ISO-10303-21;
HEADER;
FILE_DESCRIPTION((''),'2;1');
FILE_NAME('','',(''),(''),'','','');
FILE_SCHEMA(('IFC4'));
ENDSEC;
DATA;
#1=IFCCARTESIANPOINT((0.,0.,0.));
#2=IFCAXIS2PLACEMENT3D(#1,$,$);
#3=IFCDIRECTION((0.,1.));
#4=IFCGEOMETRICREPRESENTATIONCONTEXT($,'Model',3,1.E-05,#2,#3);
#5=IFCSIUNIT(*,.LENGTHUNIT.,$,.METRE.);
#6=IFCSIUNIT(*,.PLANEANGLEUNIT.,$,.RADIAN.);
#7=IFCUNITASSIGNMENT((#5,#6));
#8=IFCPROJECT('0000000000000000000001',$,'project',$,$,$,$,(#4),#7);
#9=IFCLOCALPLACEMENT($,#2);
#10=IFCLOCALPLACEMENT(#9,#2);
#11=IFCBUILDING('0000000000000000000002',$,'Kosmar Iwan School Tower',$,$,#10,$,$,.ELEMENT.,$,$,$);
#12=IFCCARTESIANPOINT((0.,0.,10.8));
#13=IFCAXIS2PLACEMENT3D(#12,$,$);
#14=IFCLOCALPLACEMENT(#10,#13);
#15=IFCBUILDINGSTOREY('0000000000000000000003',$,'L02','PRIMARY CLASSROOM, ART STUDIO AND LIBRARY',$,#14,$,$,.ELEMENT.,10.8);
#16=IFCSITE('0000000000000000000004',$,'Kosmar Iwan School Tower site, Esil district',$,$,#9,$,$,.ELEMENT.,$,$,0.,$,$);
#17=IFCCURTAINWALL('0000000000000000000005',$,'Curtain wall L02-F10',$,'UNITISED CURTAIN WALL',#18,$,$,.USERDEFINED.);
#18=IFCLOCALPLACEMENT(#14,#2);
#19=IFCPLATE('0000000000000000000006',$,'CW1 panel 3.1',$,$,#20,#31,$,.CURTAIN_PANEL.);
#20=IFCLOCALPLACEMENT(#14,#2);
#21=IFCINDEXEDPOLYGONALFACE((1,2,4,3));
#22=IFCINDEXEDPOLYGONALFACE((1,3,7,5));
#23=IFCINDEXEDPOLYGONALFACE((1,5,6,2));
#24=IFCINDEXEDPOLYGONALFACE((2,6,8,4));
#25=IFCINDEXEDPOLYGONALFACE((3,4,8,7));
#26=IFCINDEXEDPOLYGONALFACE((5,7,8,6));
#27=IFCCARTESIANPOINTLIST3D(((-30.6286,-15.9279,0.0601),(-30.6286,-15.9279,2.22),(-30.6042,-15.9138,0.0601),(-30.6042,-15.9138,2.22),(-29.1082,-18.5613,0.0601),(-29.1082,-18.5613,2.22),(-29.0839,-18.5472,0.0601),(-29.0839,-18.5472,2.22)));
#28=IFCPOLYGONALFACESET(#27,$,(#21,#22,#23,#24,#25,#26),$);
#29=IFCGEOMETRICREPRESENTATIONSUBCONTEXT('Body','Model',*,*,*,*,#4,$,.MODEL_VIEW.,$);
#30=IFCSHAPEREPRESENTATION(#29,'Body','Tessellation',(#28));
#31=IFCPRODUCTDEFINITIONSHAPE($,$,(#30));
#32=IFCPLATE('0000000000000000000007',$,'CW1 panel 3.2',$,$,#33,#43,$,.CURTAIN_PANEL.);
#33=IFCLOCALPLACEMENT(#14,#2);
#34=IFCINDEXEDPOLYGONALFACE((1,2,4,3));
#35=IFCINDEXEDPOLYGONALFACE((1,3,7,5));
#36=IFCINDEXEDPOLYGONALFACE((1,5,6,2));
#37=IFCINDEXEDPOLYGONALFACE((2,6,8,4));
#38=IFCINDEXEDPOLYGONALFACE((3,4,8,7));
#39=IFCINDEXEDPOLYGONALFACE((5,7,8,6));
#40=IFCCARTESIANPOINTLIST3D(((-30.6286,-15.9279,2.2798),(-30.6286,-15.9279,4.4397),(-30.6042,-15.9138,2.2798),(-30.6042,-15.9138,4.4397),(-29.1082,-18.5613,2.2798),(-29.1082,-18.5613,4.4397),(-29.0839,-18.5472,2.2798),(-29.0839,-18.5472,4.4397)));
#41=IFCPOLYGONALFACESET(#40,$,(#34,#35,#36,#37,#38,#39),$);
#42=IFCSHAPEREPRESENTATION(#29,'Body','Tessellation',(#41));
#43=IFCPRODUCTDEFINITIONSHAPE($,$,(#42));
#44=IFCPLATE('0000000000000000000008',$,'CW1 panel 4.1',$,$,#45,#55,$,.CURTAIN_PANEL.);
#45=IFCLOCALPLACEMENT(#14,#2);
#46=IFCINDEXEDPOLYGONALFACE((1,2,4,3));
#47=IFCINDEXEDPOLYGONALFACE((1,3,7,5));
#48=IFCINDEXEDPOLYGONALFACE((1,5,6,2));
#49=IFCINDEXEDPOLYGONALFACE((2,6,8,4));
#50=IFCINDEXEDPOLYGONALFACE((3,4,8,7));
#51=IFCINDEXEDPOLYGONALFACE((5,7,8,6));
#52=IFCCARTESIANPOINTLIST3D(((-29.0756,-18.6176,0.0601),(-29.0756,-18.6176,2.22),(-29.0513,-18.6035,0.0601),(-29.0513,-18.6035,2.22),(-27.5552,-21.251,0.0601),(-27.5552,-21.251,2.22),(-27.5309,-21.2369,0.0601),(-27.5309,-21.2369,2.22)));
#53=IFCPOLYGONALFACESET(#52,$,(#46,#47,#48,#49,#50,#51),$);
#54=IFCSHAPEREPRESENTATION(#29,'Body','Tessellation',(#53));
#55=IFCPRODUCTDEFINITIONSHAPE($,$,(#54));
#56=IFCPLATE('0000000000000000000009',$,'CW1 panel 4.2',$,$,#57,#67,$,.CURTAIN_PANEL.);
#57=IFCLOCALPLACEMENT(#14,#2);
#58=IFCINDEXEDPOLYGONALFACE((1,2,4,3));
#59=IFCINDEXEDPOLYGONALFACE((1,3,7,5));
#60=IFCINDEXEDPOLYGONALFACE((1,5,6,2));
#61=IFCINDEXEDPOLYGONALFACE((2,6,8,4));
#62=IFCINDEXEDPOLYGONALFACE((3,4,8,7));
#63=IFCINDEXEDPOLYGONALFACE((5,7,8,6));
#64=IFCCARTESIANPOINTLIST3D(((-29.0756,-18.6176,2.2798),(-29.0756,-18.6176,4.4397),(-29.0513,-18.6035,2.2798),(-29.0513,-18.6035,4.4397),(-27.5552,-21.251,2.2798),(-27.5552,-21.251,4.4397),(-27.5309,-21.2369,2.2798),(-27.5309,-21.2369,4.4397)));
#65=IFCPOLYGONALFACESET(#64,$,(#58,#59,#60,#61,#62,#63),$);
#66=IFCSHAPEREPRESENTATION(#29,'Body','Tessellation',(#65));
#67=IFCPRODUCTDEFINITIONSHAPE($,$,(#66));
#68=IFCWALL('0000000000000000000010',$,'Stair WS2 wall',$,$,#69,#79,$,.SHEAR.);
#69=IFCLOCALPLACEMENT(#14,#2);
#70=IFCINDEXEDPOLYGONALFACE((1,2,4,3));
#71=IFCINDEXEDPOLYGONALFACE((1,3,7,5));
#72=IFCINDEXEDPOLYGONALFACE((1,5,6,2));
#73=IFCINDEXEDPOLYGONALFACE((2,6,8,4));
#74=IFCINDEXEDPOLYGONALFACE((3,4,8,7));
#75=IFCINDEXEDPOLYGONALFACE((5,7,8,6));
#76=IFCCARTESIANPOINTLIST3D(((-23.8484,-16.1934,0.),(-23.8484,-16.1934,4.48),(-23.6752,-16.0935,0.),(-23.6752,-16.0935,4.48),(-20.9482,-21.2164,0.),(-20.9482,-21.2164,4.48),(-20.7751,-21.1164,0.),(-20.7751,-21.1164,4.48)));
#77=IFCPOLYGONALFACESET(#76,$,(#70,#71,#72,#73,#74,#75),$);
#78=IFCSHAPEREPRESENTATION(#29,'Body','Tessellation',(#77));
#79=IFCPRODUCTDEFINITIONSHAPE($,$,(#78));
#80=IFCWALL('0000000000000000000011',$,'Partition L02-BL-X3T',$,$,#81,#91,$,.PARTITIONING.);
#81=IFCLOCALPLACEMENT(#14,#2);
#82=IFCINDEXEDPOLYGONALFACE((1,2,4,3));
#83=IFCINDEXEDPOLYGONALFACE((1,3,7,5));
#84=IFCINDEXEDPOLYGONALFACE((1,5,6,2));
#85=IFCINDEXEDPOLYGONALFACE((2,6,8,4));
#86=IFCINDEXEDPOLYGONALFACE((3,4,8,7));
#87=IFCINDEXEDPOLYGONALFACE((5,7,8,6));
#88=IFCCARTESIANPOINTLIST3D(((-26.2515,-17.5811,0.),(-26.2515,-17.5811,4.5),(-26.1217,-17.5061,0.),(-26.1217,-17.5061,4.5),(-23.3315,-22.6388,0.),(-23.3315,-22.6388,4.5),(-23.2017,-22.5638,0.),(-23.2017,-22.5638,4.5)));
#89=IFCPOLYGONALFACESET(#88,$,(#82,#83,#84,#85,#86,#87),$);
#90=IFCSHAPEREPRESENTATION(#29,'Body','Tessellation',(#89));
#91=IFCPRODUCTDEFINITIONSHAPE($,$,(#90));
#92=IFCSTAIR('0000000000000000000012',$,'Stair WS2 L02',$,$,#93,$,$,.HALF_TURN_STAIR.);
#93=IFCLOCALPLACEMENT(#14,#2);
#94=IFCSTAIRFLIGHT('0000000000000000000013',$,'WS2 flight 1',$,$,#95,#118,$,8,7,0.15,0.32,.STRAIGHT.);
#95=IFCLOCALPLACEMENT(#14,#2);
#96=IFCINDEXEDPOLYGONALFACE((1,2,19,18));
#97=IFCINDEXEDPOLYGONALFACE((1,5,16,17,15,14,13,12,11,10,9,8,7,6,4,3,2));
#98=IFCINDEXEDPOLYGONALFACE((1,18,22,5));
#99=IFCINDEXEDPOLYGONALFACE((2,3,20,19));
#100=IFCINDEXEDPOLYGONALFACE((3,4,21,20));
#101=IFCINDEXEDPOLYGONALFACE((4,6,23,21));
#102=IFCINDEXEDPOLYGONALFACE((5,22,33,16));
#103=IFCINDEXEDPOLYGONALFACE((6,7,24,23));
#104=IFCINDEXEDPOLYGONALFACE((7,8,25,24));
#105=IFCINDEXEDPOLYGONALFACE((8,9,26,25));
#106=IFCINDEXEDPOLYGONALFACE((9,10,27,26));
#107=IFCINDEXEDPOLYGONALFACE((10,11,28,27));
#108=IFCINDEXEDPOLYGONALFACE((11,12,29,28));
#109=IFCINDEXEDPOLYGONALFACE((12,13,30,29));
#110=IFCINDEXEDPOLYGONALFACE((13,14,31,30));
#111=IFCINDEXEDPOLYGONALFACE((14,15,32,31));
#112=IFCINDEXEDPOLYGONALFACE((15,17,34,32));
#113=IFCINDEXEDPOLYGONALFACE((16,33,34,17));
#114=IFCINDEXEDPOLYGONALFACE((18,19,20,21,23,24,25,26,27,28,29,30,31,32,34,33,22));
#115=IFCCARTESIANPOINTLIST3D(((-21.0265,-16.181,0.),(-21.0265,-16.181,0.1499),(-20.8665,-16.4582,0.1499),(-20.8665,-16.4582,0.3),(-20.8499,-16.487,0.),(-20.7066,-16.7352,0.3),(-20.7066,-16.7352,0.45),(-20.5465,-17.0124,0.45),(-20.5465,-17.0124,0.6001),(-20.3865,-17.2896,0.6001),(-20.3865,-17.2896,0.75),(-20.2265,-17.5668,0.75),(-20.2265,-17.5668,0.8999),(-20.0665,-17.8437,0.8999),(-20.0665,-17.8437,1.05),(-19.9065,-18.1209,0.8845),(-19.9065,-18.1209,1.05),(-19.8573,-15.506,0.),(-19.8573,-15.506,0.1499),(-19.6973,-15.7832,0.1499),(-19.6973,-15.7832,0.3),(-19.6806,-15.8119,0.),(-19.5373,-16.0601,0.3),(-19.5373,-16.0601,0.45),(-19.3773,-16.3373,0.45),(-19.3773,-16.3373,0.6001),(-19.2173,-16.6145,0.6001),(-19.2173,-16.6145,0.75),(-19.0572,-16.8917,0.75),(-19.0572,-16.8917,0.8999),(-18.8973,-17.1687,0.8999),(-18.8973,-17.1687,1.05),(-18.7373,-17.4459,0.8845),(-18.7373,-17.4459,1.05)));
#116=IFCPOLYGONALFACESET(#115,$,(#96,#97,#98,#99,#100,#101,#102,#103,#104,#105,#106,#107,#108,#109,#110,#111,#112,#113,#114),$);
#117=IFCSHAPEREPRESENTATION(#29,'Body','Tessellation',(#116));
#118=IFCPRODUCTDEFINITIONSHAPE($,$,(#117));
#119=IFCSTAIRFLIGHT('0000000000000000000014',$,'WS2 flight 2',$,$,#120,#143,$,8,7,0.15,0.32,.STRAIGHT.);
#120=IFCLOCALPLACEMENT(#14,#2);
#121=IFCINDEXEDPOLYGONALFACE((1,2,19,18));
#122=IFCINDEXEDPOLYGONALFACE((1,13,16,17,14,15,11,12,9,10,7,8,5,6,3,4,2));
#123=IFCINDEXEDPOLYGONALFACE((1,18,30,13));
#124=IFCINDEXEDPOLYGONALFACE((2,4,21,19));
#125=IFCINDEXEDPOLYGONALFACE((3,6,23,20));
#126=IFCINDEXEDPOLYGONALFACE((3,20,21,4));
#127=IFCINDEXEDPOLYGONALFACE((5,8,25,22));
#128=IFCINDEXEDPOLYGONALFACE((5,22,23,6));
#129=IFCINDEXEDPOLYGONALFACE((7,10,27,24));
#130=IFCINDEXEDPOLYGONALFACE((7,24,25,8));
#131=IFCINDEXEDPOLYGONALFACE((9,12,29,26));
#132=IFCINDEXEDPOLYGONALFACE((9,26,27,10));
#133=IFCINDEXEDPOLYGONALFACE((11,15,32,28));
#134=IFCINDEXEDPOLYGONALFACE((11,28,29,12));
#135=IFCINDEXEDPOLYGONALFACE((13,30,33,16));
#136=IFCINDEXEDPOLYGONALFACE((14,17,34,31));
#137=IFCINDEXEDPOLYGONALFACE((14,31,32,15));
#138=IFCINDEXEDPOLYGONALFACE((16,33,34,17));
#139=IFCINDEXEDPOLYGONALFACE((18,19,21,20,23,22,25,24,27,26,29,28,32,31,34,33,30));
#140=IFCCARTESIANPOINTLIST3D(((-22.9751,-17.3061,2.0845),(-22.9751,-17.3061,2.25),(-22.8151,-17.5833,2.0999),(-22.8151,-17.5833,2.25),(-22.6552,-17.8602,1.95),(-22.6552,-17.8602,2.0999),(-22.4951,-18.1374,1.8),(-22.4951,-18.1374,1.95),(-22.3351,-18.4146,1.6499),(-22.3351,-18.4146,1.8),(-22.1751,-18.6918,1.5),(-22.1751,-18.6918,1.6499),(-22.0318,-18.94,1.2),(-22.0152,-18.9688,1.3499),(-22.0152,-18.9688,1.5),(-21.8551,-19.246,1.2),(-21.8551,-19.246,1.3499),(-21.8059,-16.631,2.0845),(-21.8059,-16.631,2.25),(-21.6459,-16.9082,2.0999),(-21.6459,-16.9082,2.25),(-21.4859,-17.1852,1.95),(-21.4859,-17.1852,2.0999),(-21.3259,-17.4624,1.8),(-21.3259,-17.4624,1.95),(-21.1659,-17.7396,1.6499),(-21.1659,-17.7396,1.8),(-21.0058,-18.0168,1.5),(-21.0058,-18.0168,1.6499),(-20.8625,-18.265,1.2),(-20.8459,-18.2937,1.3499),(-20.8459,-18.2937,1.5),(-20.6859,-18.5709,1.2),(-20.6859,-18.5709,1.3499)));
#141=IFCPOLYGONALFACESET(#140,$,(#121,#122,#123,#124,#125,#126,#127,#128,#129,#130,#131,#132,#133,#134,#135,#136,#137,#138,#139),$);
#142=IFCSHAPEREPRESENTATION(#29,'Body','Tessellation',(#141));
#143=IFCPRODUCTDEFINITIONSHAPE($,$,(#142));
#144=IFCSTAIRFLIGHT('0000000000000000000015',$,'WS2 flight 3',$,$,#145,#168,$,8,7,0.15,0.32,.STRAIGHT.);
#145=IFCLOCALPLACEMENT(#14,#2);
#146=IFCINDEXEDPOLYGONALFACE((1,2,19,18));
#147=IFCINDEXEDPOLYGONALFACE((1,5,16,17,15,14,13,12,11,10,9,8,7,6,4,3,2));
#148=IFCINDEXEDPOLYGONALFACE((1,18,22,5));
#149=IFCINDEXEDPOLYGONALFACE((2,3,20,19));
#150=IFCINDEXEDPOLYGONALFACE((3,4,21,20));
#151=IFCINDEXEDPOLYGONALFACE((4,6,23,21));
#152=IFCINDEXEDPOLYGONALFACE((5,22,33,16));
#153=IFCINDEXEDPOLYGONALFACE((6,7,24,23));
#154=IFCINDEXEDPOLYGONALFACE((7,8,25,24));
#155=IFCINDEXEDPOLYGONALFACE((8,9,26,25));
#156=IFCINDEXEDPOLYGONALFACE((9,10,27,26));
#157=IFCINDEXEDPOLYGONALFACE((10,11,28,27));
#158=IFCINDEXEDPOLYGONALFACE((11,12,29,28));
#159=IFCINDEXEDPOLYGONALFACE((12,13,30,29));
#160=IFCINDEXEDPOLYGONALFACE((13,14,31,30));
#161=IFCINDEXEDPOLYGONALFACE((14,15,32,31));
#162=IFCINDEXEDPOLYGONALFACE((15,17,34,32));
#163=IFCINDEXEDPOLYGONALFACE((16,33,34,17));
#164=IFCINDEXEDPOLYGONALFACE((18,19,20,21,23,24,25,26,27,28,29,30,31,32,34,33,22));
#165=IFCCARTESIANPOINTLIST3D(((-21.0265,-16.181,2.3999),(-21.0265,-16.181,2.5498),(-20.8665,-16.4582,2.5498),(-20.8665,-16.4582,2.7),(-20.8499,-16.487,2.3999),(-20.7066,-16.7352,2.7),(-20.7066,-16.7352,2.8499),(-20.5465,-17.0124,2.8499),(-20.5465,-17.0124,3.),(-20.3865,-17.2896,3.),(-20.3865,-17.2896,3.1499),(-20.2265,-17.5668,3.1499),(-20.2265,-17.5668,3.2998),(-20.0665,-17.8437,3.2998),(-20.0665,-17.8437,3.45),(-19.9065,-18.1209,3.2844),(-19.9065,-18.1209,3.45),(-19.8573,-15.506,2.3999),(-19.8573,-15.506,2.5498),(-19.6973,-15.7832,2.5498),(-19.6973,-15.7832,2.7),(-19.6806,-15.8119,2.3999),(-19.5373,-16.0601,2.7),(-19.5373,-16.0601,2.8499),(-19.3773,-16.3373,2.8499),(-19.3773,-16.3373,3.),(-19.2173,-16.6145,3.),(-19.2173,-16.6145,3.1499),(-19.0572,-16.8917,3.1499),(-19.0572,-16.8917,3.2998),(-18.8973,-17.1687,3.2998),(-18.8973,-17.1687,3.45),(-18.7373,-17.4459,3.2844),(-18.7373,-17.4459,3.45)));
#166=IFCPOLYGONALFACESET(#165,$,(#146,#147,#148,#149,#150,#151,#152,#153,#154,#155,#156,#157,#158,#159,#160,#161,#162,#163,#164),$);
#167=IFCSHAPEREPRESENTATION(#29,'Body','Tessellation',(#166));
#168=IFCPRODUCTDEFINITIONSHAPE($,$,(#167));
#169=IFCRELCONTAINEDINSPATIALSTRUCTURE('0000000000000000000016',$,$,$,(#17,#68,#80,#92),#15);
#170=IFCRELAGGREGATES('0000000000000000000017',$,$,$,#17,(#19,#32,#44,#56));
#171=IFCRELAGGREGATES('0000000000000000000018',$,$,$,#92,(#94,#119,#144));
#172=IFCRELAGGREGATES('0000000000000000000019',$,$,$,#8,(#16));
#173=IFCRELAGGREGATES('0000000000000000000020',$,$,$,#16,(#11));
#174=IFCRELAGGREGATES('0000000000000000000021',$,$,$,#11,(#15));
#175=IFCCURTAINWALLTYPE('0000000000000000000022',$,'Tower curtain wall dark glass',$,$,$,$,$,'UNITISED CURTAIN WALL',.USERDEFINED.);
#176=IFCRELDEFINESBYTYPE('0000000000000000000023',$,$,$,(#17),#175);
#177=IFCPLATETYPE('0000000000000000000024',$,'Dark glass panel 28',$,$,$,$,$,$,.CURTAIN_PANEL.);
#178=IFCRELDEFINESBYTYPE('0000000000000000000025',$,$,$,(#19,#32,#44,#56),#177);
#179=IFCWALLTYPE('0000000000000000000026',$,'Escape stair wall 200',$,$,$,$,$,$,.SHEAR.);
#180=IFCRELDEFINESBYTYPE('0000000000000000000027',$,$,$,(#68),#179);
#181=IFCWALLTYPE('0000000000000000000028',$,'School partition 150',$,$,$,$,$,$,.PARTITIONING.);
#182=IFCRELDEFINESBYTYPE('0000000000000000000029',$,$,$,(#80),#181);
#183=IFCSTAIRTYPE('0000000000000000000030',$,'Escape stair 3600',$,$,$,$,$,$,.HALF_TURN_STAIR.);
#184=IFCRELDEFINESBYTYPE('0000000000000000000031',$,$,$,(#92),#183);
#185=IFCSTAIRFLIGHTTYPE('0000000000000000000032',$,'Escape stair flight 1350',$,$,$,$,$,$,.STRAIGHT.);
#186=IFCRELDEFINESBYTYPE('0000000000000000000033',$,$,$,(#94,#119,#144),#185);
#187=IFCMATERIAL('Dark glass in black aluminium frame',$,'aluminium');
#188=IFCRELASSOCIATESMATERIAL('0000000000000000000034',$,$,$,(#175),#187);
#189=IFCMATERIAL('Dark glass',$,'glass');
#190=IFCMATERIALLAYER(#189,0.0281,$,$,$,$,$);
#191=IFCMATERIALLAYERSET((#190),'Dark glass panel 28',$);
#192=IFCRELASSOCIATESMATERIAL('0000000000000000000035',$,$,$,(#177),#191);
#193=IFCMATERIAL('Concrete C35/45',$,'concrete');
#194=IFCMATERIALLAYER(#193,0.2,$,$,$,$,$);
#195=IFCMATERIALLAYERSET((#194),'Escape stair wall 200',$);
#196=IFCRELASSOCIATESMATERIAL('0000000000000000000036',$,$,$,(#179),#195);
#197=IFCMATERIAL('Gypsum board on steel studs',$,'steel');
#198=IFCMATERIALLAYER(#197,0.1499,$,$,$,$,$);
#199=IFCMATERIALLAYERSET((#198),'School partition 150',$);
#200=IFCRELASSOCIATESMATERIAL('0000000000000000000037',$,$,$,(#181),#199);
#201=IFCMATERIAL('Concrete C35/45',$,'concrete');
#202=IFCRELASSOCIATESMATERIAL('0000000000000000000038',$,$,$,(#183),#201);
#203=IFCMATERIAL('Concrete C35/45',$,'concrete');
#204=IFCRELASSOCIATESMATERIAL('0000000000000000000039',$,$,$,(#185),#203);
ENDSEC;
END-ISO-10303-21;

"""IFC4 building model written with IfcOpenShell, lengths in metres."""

from ifc_helpers import new_model, si_unit, direction, frame, frame_2d, origin, origin_2d, place, context, subcontext, project, spatial, polyline, rectangle, outline, extrude, material, layer, layer_set, type_object, element, aggregate, save


model = new_model("IFC4")

# Units and contexts
model_context = context("Model", 3, precision=1e-05, world=origin(), true_north=direction((0.0, 1.0)))
body_context = subcontext(model_context, "Body", "Model", "MODEL_VIEW")
ifc_project = project(units=[si_unit("LENGTHUNIT", "METRE"), si_unit("PLANEANGLEUNIT", "RADIAN")], contexts=[model_context])

# Site, building, storey
site_placement = place(None, origin())
site = spatial("IfcSite", under=ifc_project, at=site_placement, Name="Kosmar Iwan School Tower site, Esil district", CompositionType="ELEMENT", RefElevation=0.0)
building_placement = place(site_placement, origin())
building = spatial("IfcBuilding", under=site, at=building_placement, Name="Kosmar Iwan School Tower", CompositionType="ELEMENT")
storey_placement = place(building_placement, frame((0.0, 0.0, 10.8)))
storey = spatial("IfcBuildingStorey", under=building, at=storey_placement, Name="L02", Description="PRIMARY CLASSROOM, ART STUDIO AND LIBRARY", CompositionType="ELEMENT", Elevation=10.8)

# Curtain wall, plates
ifc_material_1 = material(Name="Dark glass in black aluminium frame", Category="aluminium")
curtain_wall_type = type_object("IfcCurtainWallType", Name="Tower curtain wall dark glass", ElementType="UNITISED CURTAIN WALL", PredefinedType="USERDEFINED", material=ifc_material_1)
curtain_wall_placement = place(storey_placement, origin())
curtain_wall = element("IfcCurtainWall", 1, at=curtain_wall_placement, inside=storey, type_object=curtain_wall_type, Name="Curtain wall L02-F10", ObjectType="UNITISED CURTAIN WALL", PredefinedType="USERDEFINED")
ifc_material_2 = material(Name="Dark glass", Category="glass")
ifc_layer_1 = layer(ifc_material_2, 0.0281)
ifc_layer_set_1 = layer_set([ifc_layer_1], Name="Dark glass panel 28")
plate_type = type_object("IfcPlateType", Name="Dark glass panel 28", PredefinedType="CURTAIN_PANEL", material=ifc_layer_set_1)
plate_1_placement = place(storey_placement, frame((-29.8562, -17.2375, 0.0601), z_axis=(0.0, 0.0, 1.0), x_axis=(0.5, -0.866025, 0.0)))
plate_1 = element("IfcPlate", 2, at=plate_1_placement, type_object=plate_type, Name="CW1 panel 3.1", PredefinedType="CURTAIN_PANEL", context=body_context, shape_type="SweptSolid", body=[
    extrude(rectangle(XDim=3.0408, YDim=0.0281, at=origin_2d()), origin(), (0.0, 0.0, 1.0), 2.1599),
])
plate_2_placement = place(storey_placement, frame((-29.8562, -17.2375, 2.2798), z_axis=(0.0, 0.0, 1.0), x_axis=(0.5, -0.866025, 0.0)))
plate_2 = element("IfcPlate", 3, at=plate_2_placement, type_object=plate_type, Name="CW1 panel 3.2", PredefinedType="CURTAIN_PANEL", context=body_context, shape_type="SweptSolid", body=[
    extrude(rectangle(XDim=3.0408, YDim=0.0281, at=origin_2d()), origin(), (0.0, 0.0, 1.0), 2.1599),
])
plate_3_placement = place(storey_placement, frame((-28.3032, -19.9272, 0.0601), z_axis=(0.0, 0.0, 1.0), x_axis=(0.5, -0.866025, 0.0)))
plate_3 = element("IfcPlate", 4, at=plate_3_placement, type_object=plate_type, Name="CW1 panel 4.1", PredefinedType="CURTAIN_PANEL", context=body_context, shape_type="SweptSolid", body=[
    extrude(rectangle(XDim=3.0408, YDim=0.0281, at=origin_2d()), origin(), (0.0, 0.0, 1.0), 2.1599),
])
plate_4_placement = place(storey_placement, frame((-28.3032, -19.9272, 2.2798), z_axis=(0.0, 0.0, 1.0), x_axis=(0.5, -0.866025, 0.0)))
plate_4 = element("IfcPlate", 5, at=plate_4_placement, type_object=plate_type, Name="CW1 panel 4.2", PredefinedType="CURTAIN_PANEL", context=body_context, shape_type="SweptSolid", body=[
    extrude(rectangle(XDim=3.0408, YDim=0.0281, at=origin_2d()), origin(), (0.0, 0.0, 1.0), 2.1599),
])
aggregate(curtain_wall, [plate_1, plate_2, plate_3, plate_4])

# Walls
ifc_material_3 = material(Name="Concrete C35/45", Category="concrete")
ifc_layer_2 = layer(ifc_material_3, 0.2)
ifc_layer_set_2 = layer_set([ifc_layer_2], Name="Escape stair wall 200")
wall_type_1 = type_object("IfcWallType", Name="Escape stair wall 200", PredefinedType="SHEAR", material=ifc_layer_set_2)
wall_1_placement = place(storey_placement, frame((-23.7617, -16.1436, 0.0), z_axis=(0.0, 0.0, 1.0), x_axis=(0.500019, -0.866015, 0.0)))
element("IfcWall", 6, at=wall_1_placement, inside=storey, type_object=wall_type_1, Name="Stair WS2 wall", PredefinedType="SHEAR", context=body_context, shape_type="SweptSolid", body=[
    extrude(rectangle(XDim=5.8, YDim=0.2, at=frame_2d((2.8999, 0.0))), origin(), (0.0, 0.0, 1.0), 4.48),
])
ifc_material_4 = material(Name="Gypsum board on steel studs", Category="steel")
ifc_layer_3 = layer(ifc_material_4, 0.1499)
ifc_layer_set_3 = layer_set([ifc_layer_3], Name="School partition 150")
wall_type_2 = type_object("IfcWallType", Name="School partition 150", PredefinedType="PARTITIONING", material=ifc_layer_set_3)
wall_2_placement = place(storey_placement, frame((-26.1865, -17.5437, 0.0), z_axis=(0.0, 0.0, 1.0), x_axis=(0.499988, -0.866032, 0.0)))
element("IfcWall", 7, at=wall_2_placement, inside=storey, type_object=wall_type_2, Name="Partition L02-BL-X3T", PredefinedType="PARTITIONING", context=body_context, shape_type="SweptSolid", body=[
    extrude(rectangle(XDim=5.8401, YDim=0.1499, at=frame_2d((2.9199, 0.0))), origin(), (0.0, 0.0, 1.0), 4.5),
])

# Stair, stair flights
ifc_material_5 = material(Name="Concrete C35/45", Category="concrete")
stair_type = type_object("IfcStairType", Name="Escape stair 3600", PredefinedType="HALF_TURN_STAIR", material=ifc_material_5)
stair_placement = place(storey_placement, origin())
stair = element("IfcStair", 8, at=stair_placement, inside=storey, type_object=stair_type, Name="Stair WS2 L02", PredefinedType="HALF_TURN_STAIR")
ifc_material_6 = material(Name="Concrete C35/45", Category="concrete")
stair_flight_type = type_object("IfcStairFlightType", Name="Escape stair flight 1350", PredefinedType="STRAIGHT", material=ifc_material_6)
stair_flight_1_placement = place(storey_placement, frame((-20.4419, -15.8435, 0.0), z_axis=(0.0, 0.0, 1.0), x_axis=(0.5, -0.866025, 0.0)))
stair_flight_1 = element("IfcStairFlight", 9, at=stair_flight_1_placement, type_object=stair_flight_type, Name="WS2 flight 1", NumberOfRisers=8, NumberOfTreads=7, PredefinedType="STRAIGHT", RiserHeight=0.15, TreadLength=0.32, context=body_context, shape_type="SweptSolid", body=[
    extrude(outline(polyline([(0.0, 0.0), (0.0, 0.1499), (0.3201, 0.1499), (0.3201, 0.3), (0.6399, 0.3), (0.6399, 0.45), (0.96, 0.45), (0.96, 0.6001), (1.28, 0.6001), (1.28, 0.75), (1.6001, 0.75), (1.6001, 0.8999), (1.9199, 0.8999), (1.9199, 1.05), (2.24, 1.05), (2.24, 1.2), (2.24, 0.8845), (0.3533, 0.0), (0.0, 0.0)])), frame((0.0, 0.675, 0.0), z_axis=(0.0, -1.0, 0.0), x_axis=(1.0, 0.0, 0.0)), (0.0, 0.0, 1.0), 1.3501),
])
stair_flight_2_placement = place(storey_placement, frame((-21.2705, -18.9084, 1.2), z_axis=(0.0, 0.0, 1.0), x_axis=(-0.5, 0.866025, 0.0)))
stair_flight_2 = element("IfcStairFlight", 10, at=stair_flight_2_placement, type_object=stair_flight_type, Name="WS2 flight 2", NumberOfRisers=8, NumberOfTreads=7, PredefinedType="STRAIGHT", RiserHeight=0.15, TreadLength=0.32, context=body_context, shape_type="SweptSolid", body=[
    extrude(outline(polyline([(0.0, 0.0), (0.0, 0.1499), (0.3201, 0.1499), (0.3201, 0.3), (0.6399, 0.3), (0.6399, 0.45), (0.96, 0.45), (0.96, 0.6001), (1.28, 0.6001), (1.28, 0.75), (1.6001, 0.75), (1.6001, 0.8999), (1.9199, 0.8999), (1.9199, 1.05), (2.24, 1.05), (2.24, 1.2), (2.24, 0.8845), (0.3533, 0.0), (0.0, 0.0)])), frame((0.0, 0.675, 0.0), z_axis=(0.0, -1.0, 0.0), x_axis=(1.0, 0.0, 0.0)), (0.0, 0.0, 1.0), 1.3501),
])
stair_flight_3_placement = place(storey_placement, frame((-20.4419, -15.8435, 2.3999), z_axis=(0.0, 0.0, 1.0), x_axis=(0.5, -0.866025, 0.0)))
stair_flight_3 = element("IfcStairFlight", 11, at=stair_flight_3_placement, type_object=stair_flight_type, Name="WS2 flight 3", NumberOfRisers=8, NumberOfTreads=7, PredefinedType="STRAIGHT", RiserHeight=0.15, TreadLength=0.32, context=body_context, shape_type="SweptSolid", body=[
    extrude(outline(polyline([(0.0, 0.0), (0.0, 0.1499), (0.3201, 0.1499), (0.3201, 0.3), (0.6399, 0.3), (0.6399, 0.45), (0.96, 0.45), (0.96, 0.6001), (1.28, 0.6001), (1.28, 0.75), (1.6001, 0.75), (1.6001, 0.8999), (1.9199, 0.8999), (1.9199, 1.05), (2.24, 1.05), (2.24, 1.2), (2.24, 0.8845), (0.3533, 0.0), (0.0, 0.0)])), frame((0.0, 0.675, 0.0), z_axis=(0.0, -1.0, 0.0), x_axis=(1.0, 0.0, 0.0)), (0.0, 0.0, 1.0), 1.3501),
])
aggregate(stair, [stair_flight_1, stair_flight_2, stair_flight_3])

save(model, "model.ifc")
